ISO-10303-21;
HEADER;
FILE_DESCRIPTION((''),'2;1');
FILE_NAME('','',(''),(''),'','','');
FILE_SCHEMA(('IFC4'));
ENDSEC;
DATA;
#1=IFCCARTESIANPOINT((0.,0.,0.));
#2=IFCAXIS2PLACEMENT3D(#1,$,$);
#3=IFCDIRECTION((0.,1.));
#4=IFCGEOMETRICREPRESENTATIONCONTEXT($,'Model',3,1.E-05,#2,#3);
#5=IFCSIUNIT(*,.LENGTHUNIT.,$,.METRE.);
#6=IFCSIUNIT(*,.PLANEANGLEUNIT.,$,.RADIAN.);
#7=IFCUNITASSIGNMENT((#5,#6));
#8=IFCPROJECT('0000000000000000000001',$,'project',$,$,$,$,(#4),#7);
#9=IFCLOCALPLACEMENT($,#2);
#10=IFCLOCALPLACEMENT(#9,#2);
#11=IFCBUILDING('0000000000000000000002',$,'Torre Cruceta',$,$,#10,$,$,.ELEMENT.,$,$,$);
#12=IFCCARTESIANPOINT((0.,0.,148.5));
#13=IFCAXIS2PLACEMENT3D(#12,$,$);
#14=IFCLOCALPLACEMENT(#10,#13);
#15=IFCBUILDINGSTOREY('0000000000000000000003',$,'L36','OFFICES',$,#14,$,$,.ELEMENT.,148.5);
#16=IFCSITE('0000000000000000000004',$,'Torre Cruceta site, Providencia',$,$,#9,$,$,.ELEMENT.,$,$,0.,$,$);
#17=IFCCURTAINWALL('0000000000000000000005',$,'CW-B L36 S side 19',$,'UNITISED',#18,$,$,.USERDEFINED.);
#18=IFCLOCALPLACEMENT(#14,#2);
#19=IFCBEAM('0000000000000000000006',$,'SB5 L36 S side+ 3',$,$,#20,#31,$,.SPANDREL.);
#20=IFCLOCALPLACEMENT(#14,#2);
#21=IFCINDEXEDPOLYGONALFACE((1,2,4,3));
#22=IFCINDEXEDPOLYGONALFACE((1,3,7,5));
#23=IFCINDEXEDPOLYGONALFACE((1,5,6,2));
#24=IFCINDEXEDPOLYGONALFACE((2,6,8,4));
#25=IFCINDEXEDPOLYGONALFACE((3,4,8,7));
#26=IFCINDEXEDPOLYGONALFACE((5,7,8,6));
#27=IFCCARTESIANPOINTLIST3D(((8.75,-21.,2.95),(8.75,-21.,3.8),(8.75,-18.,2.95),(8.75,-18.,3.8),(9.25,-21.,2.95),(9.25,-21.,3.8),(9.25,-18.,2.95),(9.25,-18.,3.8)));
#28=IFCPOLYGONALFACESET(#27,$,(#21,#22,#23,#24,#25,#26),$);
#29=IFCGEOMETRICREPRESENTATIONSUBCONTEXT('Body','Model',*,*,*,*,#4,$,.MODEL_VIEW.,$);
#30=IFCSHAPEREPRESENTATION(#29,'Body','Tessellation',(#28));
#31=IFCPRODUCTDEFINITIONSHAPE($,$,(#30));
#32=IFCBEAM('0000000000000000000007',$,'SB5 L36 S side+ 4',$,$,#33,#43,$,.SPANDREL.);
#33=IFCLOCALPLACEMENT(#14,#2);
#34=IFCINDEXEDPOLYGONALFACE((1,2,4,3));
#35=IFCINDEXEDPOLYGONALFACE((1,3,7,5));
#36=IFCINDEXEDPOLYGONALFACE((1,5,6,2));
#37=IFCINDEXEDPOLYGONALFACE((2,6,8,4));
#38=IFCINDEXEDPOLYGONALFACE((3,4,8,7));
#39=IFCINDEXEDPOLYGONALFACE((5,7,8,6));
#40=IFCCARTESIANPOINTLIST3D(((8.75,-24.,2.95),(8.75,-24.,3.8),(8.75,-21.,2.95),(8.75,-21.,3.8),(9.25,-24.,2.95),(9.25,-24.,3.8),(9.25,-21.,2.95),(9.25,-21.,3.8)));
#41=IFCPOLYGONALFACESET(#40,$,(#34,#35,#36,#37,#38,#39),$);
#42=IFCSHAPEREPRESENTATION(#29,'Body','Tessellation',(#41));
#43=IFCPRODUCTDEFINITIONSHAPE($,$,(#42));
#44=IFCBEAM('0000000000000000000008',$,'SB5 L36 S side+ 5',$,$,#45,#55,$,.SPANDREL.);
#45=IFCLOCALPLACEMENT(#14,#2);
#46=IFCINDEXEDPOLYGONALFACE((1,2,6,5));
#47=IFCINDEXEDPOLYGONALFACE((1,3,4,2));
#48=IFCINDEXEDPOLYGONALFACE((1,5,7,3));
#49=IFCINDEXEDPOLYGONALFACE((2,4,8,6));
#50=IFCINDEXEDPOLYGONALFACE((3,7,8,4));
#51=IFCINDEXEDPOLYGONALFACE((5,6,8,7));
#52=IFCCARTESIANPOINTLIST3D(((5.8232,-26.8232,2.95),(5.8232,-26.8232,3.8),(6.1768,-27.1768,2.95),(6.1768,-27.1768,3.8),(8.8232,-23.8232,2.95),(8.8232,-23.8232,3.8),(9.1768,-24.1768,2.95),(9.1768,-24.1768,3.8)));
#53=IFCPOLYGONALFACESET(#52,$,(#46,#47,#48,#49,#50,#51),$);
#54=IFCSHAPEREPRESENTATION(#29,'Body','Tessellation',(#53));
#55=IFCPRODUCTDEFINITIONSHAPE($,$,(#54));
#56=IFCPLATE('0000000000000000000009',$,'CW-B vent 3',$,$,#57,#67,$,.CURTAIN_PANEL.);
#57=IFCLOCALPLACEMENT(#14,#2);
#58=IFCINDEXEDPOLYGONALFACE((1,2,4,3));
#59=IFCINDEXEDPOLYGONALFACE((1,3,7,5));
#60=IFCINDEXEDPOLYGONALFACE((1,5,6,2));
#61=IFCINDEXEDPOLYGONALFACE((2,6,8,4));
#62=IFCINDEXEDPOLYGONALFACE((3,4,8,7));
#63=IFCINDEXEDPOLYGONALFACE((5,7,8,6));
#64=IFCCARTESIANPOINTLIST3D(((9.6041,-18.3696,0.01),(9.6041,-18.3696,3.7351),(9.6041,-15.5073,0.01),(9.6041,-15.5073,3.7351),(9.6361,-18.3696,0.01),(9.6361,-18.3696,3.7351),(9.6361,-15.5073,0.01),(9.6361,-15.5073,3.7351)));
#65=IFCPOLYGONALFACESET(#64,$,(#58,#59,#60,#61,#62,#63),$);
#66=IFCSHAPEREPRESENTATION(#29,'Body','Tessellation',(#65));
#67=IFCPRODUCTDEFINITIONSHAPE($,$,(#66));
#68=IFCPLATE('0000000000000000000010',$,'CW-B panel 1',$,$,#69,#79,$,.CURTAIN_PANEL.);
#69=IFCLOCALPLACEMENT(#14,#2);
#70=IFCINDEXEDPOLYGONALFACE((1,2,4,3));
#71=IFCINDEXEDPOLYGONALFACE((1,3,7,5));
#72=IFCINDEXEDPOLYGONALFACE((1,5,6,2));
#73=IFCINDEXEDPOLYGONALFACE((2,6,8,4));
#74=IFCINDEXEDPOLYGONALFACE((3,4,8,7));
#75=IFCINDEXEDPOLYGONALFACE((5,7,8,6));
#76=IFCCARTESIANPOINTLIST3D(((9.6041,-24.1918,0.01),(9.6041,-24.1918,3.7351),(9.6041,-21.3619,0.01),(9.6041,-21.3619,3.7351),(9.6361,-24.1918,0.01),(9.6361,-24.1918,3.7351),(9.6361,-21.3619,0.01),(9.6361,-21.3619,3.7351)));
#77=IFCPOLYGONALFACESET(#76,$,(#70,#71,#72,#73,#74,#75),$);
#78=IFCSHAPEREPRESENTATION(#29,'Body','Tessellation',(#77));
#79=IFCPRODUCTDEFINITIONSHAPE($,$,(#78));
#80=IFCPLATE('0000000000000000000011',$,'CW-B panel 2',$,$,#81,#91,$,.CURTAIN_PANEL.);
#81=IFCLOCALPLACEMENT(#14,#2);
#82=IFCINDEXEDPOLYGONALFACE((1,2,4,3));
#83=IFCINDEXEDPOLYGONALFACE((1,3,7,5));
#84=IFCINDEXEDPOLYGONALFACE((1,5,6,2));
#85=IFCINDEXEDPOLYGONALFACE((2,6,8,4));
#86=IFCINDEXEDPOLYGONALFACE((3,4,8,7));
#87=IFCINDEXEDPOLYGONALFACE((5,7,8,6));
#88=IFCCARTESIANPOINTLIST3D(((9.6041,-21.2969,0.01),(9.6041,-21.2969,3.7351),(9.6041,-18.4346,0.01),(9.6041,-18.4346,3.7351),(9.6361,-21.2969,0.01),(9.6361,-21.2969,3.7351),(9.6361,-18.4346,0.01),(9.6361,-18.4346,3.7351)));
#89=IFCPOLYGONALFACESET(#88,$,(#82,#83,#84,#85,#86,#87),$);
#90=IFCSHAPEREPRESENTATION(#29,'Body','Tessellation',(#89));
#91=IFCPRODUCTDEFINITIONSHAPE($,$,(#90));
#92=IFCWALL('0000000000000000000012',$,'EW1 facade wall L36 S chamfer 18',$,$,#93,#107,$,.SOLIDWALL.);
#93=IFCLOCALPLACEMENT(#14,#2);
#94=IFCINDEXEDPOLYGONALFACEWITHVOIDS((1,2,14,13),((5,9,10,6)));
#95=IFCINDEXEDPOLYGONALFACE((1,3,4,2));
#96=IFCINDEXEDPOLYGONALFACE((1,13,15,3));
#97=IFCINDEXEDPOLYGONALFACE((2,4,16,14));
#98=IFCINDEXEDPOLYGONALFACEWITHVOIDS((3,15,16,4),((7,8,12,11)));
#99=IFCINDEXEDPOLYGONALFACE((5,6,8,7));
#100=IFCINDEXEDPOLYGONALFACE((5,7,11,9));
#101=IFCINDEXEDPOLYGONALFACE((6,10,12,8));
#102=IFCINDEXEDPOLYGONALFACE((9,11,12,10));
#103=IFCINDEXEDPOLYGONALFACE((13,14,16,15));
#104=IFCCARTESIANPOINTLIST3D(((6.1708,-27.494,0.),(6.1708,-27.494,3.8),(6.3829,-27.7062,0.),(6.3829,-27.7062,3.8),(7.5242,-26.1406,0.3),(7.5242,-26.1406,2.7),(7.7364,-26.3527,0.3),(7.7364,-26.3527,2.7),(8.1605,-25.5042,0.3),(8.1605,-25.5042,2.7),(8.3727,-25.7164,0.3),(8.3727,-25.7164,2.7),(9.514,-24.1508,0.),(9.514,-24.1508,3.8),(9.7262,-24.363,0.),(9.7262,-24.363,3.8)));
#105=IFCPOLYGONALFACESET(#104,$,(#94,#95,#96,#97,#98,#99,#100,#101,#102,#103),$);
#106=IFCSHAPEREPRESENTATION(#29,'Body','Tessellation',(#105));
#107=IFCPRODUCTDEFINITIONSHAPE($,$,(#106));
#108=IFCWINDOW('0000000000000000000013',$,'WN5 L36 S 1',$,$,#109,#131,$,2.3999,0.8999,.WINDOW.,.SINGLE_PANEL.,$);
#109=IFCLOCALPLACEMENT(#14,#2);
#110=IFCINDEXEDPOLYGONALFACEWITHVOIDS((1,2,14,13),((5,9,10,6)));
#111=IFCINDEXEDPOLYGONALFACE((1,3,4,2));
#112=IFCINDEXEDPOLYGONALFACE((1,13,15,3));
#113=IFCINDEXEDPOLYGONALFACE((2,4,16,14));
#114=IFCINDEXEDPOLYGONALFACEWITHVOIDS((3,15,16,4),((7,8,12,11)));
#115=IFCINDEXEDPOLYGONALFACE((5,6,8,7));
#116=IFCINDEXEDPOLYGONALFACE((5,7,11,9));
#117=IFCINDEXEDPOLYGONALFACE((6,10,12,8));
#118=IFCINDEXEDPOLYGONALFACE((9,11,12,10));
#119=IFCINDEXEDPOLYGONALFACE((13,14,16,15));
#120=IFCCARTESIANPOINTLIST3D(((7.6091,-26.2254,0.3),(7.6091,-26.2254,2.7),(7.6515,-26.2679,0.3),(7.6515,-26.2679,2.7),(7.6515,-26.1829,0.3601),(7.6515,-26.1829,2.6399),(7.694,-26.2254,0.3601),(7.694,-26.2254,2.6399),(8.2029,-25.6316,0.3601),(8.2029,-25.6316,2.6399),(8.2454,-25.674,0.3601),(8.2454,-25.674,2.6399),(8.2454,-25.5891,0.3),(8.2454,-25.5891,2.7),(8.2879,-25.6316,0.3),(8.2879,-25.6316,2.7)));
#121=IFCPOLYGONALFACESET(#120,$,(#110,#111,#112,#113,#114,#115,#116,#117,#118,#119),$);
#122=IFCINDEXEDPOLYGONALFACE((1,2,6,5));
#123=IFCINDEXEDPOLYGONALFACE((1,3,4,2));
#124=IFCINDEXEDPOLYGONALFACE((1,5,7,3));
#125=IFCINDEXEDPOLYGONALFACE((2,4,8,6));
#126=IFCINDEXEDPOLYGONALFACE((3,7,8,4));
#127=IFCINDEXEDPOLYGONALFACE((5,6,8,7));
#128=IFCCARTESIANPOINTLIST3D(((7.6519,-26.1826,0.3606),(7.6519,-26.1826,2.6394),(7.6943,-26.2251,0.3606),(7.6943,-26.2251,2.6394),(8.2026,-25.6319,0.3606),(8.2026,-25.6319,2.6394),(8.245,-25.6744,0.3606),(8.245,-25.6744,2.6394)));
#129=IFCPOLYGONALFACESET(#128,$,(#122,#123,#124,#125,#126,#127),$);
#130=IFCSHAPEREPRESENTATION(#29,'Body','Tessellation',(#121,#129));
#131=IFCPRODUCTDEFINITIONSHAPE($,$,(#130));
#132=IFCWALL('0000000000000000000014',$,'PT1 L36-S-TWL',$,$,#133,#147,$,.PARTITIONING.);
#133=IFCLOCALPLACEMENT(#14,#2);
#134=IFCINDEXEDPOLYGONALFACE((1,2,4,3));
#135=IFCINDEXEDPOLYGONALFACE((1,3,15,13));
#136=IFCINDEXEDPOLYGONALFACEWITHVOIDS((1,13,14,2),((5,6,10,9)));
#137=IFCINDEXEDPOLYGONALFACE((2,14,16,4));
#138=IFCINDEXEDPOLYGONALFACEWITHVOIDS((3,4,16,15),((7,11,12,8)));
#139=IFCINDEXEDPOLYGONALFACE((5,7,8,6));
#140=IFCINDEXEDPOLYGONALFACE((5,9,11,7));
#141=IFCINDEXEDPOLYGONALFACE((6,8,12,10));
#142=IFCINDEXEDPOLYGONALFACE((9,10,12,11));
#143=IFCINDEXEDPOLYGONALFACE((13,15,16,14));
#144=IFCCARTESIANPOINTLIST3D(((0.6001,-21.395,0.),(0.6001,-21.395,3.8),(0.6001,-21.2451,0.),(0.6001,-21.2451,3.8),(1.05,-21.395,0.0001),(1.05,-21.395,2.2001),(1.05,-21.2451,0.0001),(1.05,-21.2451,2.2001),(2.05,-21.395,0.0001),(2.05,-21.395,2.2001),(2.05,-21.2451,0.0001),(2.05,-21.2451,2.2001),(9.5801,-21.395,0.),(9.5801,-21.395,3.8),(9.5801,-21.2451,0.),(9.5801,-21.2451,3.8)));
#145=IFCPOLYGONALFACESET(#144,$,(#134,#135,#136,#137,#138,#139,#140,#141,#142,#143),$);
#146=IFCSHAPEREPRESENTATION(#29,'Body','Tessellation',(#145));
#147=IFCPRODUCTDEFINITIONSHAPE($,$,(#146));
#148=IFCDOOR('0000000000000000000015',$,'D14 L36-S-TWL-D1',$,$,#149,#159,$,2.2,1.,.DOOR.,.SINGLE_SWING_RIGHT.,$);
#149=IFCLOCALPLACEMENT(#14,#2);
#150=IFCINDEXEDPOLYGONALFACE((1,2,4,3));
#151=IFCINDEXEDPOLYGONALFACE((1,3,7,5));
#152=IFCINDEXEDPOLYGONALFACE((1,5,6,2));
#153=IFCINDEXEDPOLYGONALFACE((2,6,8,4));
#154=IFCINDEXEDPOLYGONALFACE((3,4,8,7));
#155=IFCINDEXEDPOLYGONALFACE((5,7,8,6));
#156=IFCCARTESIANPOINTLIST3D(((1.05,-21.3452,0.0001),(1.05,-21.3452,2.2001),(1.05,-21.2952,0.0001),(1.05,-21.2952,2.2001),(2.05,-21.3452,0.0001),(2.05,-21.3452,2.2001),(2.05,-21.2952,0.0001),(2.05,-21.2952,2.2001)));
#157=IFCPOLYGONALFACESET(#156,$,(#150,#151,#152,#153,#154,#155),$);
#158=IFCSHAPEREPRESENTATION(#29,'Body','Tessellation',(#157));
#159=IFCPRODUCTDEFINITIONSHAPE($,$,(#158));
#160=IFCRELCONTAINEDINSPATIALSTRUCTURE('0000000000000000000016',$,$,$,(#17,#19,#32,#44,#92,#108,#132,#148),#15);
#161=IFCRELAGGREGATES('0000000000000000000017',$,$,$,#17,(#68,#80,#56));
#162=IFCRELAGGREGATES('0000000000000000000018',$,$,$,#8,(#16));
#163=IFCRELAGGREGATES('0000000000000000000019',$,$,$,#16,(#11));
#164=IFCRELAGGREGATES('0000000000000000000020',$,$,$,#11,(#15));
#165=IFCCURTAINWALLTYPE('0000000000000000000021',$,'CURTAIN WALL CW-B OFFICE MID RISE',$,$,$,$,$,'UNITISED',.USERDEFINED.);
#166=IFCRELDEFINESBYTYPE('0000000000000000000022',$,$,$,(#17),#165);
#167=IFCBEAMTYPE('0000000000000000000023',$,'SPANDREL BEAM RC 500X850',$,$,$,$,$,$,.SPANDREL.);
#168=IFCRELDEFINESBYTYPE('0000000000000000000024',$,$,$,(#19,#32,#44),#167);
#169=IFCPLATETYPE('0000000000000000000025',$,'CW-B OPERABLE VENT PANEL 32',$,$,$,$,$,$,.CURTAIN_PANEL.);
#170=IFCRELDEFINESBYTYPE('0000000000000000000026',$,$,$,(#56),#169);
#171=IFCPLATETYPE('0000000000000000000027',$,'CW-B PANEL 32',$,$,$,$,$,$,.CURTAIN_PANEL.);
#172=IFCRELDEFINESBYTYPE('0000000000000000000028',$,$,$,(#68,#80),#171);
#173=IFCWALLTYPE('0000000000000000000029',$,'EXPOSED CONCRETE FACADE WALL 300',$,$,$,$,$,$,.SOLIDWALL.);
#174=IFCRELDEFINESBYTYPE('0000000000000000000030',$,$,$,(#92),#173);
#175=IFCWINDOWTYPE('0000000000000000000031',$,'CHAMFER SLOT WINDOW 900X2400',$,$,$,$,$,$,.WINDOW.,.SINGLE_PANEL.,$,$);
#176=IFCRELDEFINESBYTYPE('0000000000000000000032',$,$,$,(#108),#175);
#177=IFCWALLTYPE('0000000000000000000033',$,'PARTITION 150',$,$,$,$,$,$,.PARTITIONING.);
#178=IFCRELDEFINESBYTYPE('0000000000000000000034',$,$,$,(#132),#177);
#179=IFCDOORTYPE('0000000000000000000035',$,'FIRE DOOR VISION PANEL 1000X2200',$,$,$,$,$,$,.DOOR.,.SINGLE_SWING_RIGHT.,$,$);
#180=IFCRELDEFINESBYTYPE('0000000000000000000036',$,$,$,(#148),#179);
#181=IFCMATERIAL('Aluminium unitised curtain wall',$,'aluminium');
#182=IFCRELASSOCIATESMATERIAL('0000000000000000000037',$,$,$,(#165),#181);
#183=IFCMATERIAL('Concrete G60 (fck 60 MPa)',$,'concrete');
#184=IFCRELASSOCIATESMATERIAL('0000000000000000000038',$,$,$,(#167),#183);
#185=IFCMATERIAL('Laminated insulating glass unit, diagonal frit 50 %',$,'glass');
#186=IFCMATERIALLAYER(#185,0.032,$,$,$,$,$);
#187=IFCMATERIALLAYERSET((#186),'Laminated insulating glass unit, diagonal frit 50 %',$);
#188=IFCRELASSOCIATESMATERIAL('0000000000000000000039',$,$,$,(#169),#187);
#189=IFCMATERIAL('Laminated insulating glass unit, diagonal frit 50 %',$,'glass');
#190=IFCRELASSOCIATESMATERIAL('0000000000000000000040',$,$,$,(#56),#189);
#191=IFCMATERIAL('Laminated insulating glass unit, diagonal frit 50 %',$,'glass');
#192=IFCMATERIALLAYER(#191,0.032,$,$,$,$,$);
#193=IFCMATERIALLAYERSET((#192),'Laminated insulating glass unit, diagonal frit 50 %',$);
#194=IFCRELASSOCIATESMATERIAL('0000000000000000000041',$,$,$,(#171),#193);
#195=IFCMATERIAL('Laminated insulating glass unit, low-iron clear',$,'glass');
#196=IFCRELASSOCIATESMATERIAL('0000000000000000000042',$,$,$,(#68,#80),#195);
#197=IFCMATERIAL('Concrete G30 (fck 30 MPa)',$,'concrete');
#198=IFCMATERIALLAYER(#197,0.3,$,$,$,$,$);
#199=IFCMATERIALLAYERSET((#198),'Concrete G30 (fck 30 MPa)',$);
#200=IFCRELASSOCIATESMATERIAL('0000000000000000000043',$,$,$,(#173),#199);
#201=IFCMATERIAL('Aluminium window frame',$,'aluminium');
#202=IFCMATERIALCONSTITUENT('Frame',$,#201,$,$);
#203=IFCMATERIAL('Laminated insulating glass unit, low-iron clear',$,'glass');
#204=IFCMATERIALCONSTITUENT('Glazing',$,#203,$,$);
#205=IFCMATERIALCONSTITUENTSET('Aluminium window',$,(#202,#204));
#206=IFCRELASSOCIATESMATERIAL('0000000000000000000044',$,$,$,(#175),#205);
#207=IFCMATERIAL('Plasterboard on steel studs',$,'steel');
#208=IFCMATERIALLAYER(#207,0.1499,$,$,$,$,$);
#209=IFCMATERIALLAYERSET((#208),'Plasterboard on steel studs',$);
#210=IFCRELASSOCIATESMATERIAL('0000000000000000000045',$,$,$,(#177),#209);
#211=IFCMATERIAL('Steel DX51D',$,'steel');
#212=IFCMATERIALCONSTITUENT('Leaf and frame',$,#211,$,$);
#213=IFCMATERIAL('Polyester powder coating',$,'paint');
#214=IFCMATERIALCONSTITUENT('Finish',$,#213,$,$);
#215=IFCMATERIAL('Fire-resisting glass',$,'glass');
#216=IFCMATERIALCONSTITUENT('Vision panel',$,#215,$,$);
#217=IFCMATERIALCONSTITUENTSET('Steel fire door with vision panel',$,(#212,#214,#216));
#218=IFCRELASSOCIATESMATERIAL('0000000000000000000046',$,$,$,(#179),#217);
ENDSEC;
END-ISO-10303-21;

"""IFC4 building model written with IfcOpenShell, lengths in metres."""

from ifc_helpers import new_model, si_unit, direction, frame, frame_2d, origin, origin_2d, place, context, subcontext, project, spatial, rectangle, hollow_rectangle, extrude, material, layer, layer_set, constituent, constituent_set, material_profile, profile_set, type_object, element, fill, aggregate, save


model = new_model("IFC4")

# Units and contexts
model_context = context("Model", 3, precision=1e-05, world=origin(), true_north=direction((0.0, 1.0)))
body_context = subcontext(model_context, "Body", "Model", "MODEL_VIEW")
ifc_project = project(units=[si_unit("LENGTHUNIT", "METRE"), si_unit("PLANEANGLEUNIT", "RADIAN")], contexts=[model_context])

# Site, building, storey
site_placement = place(None, origin())
site = spatial("IfcSite", under=ifc_project, at=site_placement, Name="Torre Cruceta site, Providencia", CompositionType="ELEMENT", RefElevation=0.0)
building_placement = place(site_placement, origin())
building = spatial("IfcBuilding", under=site, at=building_placement, Name="Torre Cruceta", CompositionType="ELEMENT")
storey_placement = place(building_placement, frame((0.0, 0.0, 148.5)))
storey = spatial("IfcBuildingStorey", under=building, at=storey_placement, Name="L36", Description="OFFICES", CompositionType="ELEMENT", Elevation=148.5)

# Curtain wall
ifc_material_1 = material(Name="Aluminium unitised curtain wall", Category="aluminium")
curtain_wall_type = type_object("IfcCurtainWallType", Name="CURTAIN WALL CW-B OFFICE MID RISE", ElementType="UNITISED", PredefinedType="USERDEFINED", material=ifc_material_1)
curtain_wall_placement = place(storey_placement, origin())
curtain_wall = element("IfcCurtainWall", 1, at=curtain_wall_placement, inside=storey, type_object=curtain_wall_type, Name="CW-B L36 S side 19", ObjectType="UNITISED", PredefinedType="USERDEFINED")

# Beams
ifc_material_2 = material(Name="Concrete G60 (fck 60 MPa)", Category="concrete")
ifc_material_profile_1 = material_profile(ifc_material_2, rectangle(XDim=0.5, YDim=0.8501, at=origin_2d()), Name="RC 500X850")
ifc_profile_set_1 = profile_set([ifc_material_profile_1], Name="Concrete G60 (fck 60 MPa)")
beam_type_1 = type_object("IfcBeamType", Name="SPANDREL BEAM RC 500X850", PredefinedType="SPANDREL", material=ifc_profile_set_1)
for number, where, z_axis, x_axis, name in (
    (2, (9.0, -18.0, 3.375), (0.0, -1.0, 0.0), (1.0, 0.0, 0.0), "SB5 L36 S side+ 3"),
    (3, (9.0, -21.0, 3.375), (0.0, -1.0, 0.0), (1.0, 0.0, 0.0), "SB5 L36 S side+ 4"),
):
    element("IfcBeam", number, at=place(storey_placement, frame(where, z_axis=z_axis, x_axis=x_axis)), inside=storey, type_object=beam_type_1, Name=name, PredefinedType="SPANDREL", context=body_context, shape_type="SweptSolid", body=[
        extrude(rectangle(XDim=0.5, YDim=0.8501, at=origin_2d()), origin(), (0.0, 0.0, 1.0), 3.0),
    ])
beam_1_placement = place(storey_placement, frame((9.0, -24.0, 3.375), z_axis=(-0.707107, -0.707107, 0.0), x_axis=(0.707107, -0.707107, 0.0)))
element("IfcBeam", 4, at=beam_1_placement, inside=storey, type_object=beam_type_1, Name="SB5 L36 S side+ 5", PredefinedType="SPANDREL", context=body_context, shape_type="SweptSolid", body=[
    extrude(rectangle(XDim=0.5, YDim=0.8501, at=origin_2d()), origin(), (0.0, 0.0, 1.0), 4.2427),
])

# Plates
ifc_material_3 = material(Name="Laminated insulating glass unit, diagonal frit 50 %", Category="glass")
ifc_material_4 = material(Name="Laminated insulating glass unit, diagonal frit 50 %", Category="glass")
ifc_layer_1 = layer(ifc_material_4, 0.032)
ifc_layer_set_1 = layer_set([ifc_layer_1], Name="Laminated insulating glass unit, diagonal frit 50 %")
plate_type_1 = type_object("IfcPlateType", Name="CW-B OPERABLE VENT PANEL 32", PredefinedType="CURTAIN_PANEL", material=ifc_layer_set_1)
plate_1_placement = place(storey_placement, frame((9.6201, -16.9385, 0.01), z_axis=(0.0, 0.0, 1.0), x_axis=(0.0, 1.0, 0.0)))
plate_1 = element("IfcPlate", 5, at=plate_1_placement, type_object=plate_type_1, material=ifc_material_3, Name="CW-B vent 3", PredefinedType="CURTAIN_PANEL", context=body_context, shape_type="SweptSolid", body=[
    extrude(rectangle(XDim=2.8623, YDim=0.032, at=origin_2d()), origin(), (0.0, 0.0, 1.0), 3.7251),
])
ifc_material_5 = material(Name="Laminated insulating glass unit, low-iron clear", Category="glass")
ifc_material_6 = material(Name="Laminated insulating glass unit, diagonal frit 50 %", Category="glass")
ifc_layer_2 = layer(ifc_material_6, 0.032)
ifc_layer_set_2 = layer_set([ifc_layer_2], Name="Laminated insulating glass unit, diagonal frit 50 %")
plate_type_2 = type_object("IfcPlateType", Name="CW-B PANEL 32", PredefinedType="CURTAIN_PANEL", material=ifc_layer_set_2)
plate_2_placement = place(storey_placement, frame((9.6201, -22.7769, 0.01), z_axis=(0.0, 0.0, 1.0), x_axis=(0.0, 1.0, 0.0)))
plate_2 = element("IfcPlate", 6, at=plate_2_placement, type_object=plate_type_2, material=ifc_material_5, Name="CW-B panel 1", PredefinedType="CURTAIN_PANEL", context=body_context, shape_type="SweptSolid", body=[
    extrude(rectangle(XDim=2.8298, YDim=0.032, at=origin_2d()), origin(), (0.0, 0.0, 1.0), 3.7251),
])
plate_3_placement = place(storey_placement, frame((9.6201, -19.8657, 0.01), z_axis=(0.0, 0.0, 1.0), x_axis=(0.0, 1.0, 0.0)))
plate_3 = element("IfcPlate", 7, at=plate_3_placement, type_object=plate_type_2, material=ifc_material_5, Name="CW-B panel 2", PredefinedType="CURTAIN_PANEL", context=body_context, shape_type="SweptSolid", body=[
    extrude(rectangle(XDim=2.8623, YDim=0.032, at=origin_2d()), origin(), (0.0, 0.0, 1.0), 3.7251),
])
aggregate(curtain_wall, [plate_2, plate_3, plate_1])

# Wall, opening, window
ifc_material_7 = material(Name="Concrete G30 (fck 30 MPa)", Category="concrete")
ifc_layer_3 = layer(ifc_material_7, 0.3)
ifc_layer_set_3 = layer_set([ifc_layer_3], Name="Concrete G30 (fck 30 MPa)")
wall_type_1 = type_object("IfcWallType", Name="EXPOSED CONCRETE FACADE WALL 300", PredefinedType="SOLIDWALL", material=ifc_layer_set_3)
wall_1_placement = place(storey_placement, frame((6.2769, -27.6001, 0.0), z_axis=(0.0, 0.0, 1.0), x_axis=(0.707107, 0.707107, 0.0)))
wall_1 = element("IfcWall", 8, at=wall_1_placement, inside=storey, type_object=wall_type_1, Name="EW1 facade wall L36 S chamfer 18", PredefinedType="SOLIDWALL", context=body_context, shape_type="SweptSolid", body=[
    extrude(rectangle(XDim=4.728, YDim=0.3, at=frame_2d((2.364, 0.0))), origin(), (0.0, 0.0, 1.0), 3.8),
])
opening_1_placement = place(wall_1_placement, frame((1.9141, 0.0, 0.3)))
opening_1 = element("IfcOpeningElement", 9, at=opening_1_placement, cuts=wall_1, PredefinedType="OPENING", context=body_context, shape_type="SweptSolid", body=[
    extrude(rectangle(XDim=0.8999, YDim=2.3999, at=frame_2d((0.45, 1.2))), frame((0.0, 0.1599, 0.0), z_axis=(0.0, -1.0, 0.0), x_axis=(1.0, 0.0, 0.0)), (0.0, 0.0, 1.0), 0.3201),
])
ifc_material_8 = material(Name="Aluminium window frame", Category="aluminium")
ifc_constituent_1 = constituent(ifc_material_8, Name="Frame")
ifc_material_9 = material(Name="Laminated insulating glass unit, low-iron clear", Category="glass")
ifc_constituent_2 = constituent(ifc_material_9, Name="Glazing")
ifc_constituent_set_1 = constituent_set(constituents=[ifc_constituent_1, ifc_constituent_2], Name="Aluminium window")
window_type = type_object("IfcWindowType", Name="CHAMFER SLOT WINDOW 900X2400", PartitioningType="SINGLE_PANEL", PredefinedType="WINDOW", material=ifc_constituent_set_1)
window_placement = place(opening_1_placement, origin())
window = element("IfcWindow", 10, at=window_placement, inside=storey, type_object=window_type, Name="WN5 L36 S 1", OverallHeight=2.3999, OverallWidth=0.8999, PartitioningType="SINGLE_PANEL", PredefinedType="WINDOW", context=body_context, shape_type="SweptSolid", body=[
    extrude(hollow_rectangle(XDim=0.8999, YDim=2.3999, WallThickness=0.0601, at=frame_2d((0.45, 1.2))), frame((0.0, 0.03, 0.0), z_axis=(0.0, -1.0, 0.0), x_axis=(1.0, 0.0, 0.0)), (0.0, 0.0, 1.0), 0.0601),
    extrude(rectangle(XDim=0.7788, YDim=2.2788, at=frame_2d((0.45, 1.2))), frame((0.0, 0.03, 0.0), z_axis=(0.0, -1.0, 0.0), x_axis=(1.0, 0.0, 0.0)), (0.0, 0.0, 1.0), 0.0601),
])
fill(opening_1, window)

# Wall, opening, door
ifc_material_10 = material(Name="Plasterboard on steel studs", Category="steel")
ifc_layer_4 = layer(ifc_material_10, 0.1499)
ifc_layer_set_4 = layer_set([ifc_layer_4], Name="Plasterboard on steel studs")
wall_type_2 = type_object("IfcWallType", Name="PARTITION 150", PredefinedType="PARTITIONING", material=ifc_layer_set_4)
wall_2_placement = place(storey_placement, frame((0.6001, -21.3201, 0.0), z_axis=(0.0, 0.0, 1.0), x_axis=(1.0, 0.0, 0.0)))
wall_2 = element("IfcWall", 11, at=wall_2_placement, inside=storey, type_object=wall_type_2, Name="PT1 L36-S-TWL", PredefinedType="PARTITIONING", context=body_context, shape_type="SweptSolid", body=[
    extrude(rectangle(XDim=8.98, YDim=0.1499, at=frame_2d((4.49, 0.0))), origin(), (0.0, 0.0, 1.0), 3.8),
])
opening_2_placement = place(wall_2_placement, frame((0.45, 0.0, 0.0)))
opening_2 = element("IfcOpeningElement", 12, at=opening_2_placement, cuts=wall_2, PredefinedType="OPENING", context=body_context, shape_type="SweptSolid", body=[
    extrude(rectangle(XDim=1.0, YDim=2.2, at=frame_2d((0.5, 1.1001))), frame((0.0, 0.085, 0.0), z_axis=(0.0, -1.0, 0.0), x_axis=(1.0, 0.0, 0.0)), (0.0, 0.0, 1.0), 0.1699),
])
ifc_material_11 = material(Name="Steel DX51D", Category="steel")
ifc_constituent_3 = constituent(ifc_material_11, Name="Leaf and frame")
ifc_material_12 = material(Name="Polyester powder coating", Category="paint")
ifc_constituent_4 = constituent(ifc_material_12, Name="Finish")
ifc_material_13 = material(Name="Fire-resisting glass", Category="glass")
ifc_constituent_5 = constituent(ifc_material_13, Name="Vision panel")
ifc_constituent_set_2 = constituent_set(constituents=[ifc_constituent_3, ifc_constituent_4, ifc_constituent_5], Name="Steel fire door with vision panel")
door_type = type_object("IfcDoorType", Name="FIRE DOOR VISION PANEL 1000X2200", OperationType="SINGLE_SWING_RIGHT", PredefinedType="DOOR", material=ifc_constituent_set_2)
door_placement = place(opening_2_placement, frame((1.0, 0.0, 0.0), z_axis=(0.0, 0.0, 1.0), x_axis=(-1.0, 0.0, 0.0)))
door = element("IfcDoor", 13, at=door_placement, inside=storey, type_object=door_type, Name="D14 L36-S-TWL-D1", OperationType="SINGLE_SWING_RIGHT", OverallHeight=2.2, OverallWidth=1.0, PredefinedType="DOOR", context=body_context, shape_type="SweptSolid", body=[
    extrude(rectangle(XDim=1.0, YDim=2.2, at=frame_2d((0.5, 1.1001))), frame((0.0, 0.0251, 0.0), z_axis=(0.0, -1.0, 0.0), x_axis=(1.0, 0.0, 0.0)), (0.0, 0.0, 1.0), 0.05),
])
fill(opening_2, door)

save(model, "model.ifc")
